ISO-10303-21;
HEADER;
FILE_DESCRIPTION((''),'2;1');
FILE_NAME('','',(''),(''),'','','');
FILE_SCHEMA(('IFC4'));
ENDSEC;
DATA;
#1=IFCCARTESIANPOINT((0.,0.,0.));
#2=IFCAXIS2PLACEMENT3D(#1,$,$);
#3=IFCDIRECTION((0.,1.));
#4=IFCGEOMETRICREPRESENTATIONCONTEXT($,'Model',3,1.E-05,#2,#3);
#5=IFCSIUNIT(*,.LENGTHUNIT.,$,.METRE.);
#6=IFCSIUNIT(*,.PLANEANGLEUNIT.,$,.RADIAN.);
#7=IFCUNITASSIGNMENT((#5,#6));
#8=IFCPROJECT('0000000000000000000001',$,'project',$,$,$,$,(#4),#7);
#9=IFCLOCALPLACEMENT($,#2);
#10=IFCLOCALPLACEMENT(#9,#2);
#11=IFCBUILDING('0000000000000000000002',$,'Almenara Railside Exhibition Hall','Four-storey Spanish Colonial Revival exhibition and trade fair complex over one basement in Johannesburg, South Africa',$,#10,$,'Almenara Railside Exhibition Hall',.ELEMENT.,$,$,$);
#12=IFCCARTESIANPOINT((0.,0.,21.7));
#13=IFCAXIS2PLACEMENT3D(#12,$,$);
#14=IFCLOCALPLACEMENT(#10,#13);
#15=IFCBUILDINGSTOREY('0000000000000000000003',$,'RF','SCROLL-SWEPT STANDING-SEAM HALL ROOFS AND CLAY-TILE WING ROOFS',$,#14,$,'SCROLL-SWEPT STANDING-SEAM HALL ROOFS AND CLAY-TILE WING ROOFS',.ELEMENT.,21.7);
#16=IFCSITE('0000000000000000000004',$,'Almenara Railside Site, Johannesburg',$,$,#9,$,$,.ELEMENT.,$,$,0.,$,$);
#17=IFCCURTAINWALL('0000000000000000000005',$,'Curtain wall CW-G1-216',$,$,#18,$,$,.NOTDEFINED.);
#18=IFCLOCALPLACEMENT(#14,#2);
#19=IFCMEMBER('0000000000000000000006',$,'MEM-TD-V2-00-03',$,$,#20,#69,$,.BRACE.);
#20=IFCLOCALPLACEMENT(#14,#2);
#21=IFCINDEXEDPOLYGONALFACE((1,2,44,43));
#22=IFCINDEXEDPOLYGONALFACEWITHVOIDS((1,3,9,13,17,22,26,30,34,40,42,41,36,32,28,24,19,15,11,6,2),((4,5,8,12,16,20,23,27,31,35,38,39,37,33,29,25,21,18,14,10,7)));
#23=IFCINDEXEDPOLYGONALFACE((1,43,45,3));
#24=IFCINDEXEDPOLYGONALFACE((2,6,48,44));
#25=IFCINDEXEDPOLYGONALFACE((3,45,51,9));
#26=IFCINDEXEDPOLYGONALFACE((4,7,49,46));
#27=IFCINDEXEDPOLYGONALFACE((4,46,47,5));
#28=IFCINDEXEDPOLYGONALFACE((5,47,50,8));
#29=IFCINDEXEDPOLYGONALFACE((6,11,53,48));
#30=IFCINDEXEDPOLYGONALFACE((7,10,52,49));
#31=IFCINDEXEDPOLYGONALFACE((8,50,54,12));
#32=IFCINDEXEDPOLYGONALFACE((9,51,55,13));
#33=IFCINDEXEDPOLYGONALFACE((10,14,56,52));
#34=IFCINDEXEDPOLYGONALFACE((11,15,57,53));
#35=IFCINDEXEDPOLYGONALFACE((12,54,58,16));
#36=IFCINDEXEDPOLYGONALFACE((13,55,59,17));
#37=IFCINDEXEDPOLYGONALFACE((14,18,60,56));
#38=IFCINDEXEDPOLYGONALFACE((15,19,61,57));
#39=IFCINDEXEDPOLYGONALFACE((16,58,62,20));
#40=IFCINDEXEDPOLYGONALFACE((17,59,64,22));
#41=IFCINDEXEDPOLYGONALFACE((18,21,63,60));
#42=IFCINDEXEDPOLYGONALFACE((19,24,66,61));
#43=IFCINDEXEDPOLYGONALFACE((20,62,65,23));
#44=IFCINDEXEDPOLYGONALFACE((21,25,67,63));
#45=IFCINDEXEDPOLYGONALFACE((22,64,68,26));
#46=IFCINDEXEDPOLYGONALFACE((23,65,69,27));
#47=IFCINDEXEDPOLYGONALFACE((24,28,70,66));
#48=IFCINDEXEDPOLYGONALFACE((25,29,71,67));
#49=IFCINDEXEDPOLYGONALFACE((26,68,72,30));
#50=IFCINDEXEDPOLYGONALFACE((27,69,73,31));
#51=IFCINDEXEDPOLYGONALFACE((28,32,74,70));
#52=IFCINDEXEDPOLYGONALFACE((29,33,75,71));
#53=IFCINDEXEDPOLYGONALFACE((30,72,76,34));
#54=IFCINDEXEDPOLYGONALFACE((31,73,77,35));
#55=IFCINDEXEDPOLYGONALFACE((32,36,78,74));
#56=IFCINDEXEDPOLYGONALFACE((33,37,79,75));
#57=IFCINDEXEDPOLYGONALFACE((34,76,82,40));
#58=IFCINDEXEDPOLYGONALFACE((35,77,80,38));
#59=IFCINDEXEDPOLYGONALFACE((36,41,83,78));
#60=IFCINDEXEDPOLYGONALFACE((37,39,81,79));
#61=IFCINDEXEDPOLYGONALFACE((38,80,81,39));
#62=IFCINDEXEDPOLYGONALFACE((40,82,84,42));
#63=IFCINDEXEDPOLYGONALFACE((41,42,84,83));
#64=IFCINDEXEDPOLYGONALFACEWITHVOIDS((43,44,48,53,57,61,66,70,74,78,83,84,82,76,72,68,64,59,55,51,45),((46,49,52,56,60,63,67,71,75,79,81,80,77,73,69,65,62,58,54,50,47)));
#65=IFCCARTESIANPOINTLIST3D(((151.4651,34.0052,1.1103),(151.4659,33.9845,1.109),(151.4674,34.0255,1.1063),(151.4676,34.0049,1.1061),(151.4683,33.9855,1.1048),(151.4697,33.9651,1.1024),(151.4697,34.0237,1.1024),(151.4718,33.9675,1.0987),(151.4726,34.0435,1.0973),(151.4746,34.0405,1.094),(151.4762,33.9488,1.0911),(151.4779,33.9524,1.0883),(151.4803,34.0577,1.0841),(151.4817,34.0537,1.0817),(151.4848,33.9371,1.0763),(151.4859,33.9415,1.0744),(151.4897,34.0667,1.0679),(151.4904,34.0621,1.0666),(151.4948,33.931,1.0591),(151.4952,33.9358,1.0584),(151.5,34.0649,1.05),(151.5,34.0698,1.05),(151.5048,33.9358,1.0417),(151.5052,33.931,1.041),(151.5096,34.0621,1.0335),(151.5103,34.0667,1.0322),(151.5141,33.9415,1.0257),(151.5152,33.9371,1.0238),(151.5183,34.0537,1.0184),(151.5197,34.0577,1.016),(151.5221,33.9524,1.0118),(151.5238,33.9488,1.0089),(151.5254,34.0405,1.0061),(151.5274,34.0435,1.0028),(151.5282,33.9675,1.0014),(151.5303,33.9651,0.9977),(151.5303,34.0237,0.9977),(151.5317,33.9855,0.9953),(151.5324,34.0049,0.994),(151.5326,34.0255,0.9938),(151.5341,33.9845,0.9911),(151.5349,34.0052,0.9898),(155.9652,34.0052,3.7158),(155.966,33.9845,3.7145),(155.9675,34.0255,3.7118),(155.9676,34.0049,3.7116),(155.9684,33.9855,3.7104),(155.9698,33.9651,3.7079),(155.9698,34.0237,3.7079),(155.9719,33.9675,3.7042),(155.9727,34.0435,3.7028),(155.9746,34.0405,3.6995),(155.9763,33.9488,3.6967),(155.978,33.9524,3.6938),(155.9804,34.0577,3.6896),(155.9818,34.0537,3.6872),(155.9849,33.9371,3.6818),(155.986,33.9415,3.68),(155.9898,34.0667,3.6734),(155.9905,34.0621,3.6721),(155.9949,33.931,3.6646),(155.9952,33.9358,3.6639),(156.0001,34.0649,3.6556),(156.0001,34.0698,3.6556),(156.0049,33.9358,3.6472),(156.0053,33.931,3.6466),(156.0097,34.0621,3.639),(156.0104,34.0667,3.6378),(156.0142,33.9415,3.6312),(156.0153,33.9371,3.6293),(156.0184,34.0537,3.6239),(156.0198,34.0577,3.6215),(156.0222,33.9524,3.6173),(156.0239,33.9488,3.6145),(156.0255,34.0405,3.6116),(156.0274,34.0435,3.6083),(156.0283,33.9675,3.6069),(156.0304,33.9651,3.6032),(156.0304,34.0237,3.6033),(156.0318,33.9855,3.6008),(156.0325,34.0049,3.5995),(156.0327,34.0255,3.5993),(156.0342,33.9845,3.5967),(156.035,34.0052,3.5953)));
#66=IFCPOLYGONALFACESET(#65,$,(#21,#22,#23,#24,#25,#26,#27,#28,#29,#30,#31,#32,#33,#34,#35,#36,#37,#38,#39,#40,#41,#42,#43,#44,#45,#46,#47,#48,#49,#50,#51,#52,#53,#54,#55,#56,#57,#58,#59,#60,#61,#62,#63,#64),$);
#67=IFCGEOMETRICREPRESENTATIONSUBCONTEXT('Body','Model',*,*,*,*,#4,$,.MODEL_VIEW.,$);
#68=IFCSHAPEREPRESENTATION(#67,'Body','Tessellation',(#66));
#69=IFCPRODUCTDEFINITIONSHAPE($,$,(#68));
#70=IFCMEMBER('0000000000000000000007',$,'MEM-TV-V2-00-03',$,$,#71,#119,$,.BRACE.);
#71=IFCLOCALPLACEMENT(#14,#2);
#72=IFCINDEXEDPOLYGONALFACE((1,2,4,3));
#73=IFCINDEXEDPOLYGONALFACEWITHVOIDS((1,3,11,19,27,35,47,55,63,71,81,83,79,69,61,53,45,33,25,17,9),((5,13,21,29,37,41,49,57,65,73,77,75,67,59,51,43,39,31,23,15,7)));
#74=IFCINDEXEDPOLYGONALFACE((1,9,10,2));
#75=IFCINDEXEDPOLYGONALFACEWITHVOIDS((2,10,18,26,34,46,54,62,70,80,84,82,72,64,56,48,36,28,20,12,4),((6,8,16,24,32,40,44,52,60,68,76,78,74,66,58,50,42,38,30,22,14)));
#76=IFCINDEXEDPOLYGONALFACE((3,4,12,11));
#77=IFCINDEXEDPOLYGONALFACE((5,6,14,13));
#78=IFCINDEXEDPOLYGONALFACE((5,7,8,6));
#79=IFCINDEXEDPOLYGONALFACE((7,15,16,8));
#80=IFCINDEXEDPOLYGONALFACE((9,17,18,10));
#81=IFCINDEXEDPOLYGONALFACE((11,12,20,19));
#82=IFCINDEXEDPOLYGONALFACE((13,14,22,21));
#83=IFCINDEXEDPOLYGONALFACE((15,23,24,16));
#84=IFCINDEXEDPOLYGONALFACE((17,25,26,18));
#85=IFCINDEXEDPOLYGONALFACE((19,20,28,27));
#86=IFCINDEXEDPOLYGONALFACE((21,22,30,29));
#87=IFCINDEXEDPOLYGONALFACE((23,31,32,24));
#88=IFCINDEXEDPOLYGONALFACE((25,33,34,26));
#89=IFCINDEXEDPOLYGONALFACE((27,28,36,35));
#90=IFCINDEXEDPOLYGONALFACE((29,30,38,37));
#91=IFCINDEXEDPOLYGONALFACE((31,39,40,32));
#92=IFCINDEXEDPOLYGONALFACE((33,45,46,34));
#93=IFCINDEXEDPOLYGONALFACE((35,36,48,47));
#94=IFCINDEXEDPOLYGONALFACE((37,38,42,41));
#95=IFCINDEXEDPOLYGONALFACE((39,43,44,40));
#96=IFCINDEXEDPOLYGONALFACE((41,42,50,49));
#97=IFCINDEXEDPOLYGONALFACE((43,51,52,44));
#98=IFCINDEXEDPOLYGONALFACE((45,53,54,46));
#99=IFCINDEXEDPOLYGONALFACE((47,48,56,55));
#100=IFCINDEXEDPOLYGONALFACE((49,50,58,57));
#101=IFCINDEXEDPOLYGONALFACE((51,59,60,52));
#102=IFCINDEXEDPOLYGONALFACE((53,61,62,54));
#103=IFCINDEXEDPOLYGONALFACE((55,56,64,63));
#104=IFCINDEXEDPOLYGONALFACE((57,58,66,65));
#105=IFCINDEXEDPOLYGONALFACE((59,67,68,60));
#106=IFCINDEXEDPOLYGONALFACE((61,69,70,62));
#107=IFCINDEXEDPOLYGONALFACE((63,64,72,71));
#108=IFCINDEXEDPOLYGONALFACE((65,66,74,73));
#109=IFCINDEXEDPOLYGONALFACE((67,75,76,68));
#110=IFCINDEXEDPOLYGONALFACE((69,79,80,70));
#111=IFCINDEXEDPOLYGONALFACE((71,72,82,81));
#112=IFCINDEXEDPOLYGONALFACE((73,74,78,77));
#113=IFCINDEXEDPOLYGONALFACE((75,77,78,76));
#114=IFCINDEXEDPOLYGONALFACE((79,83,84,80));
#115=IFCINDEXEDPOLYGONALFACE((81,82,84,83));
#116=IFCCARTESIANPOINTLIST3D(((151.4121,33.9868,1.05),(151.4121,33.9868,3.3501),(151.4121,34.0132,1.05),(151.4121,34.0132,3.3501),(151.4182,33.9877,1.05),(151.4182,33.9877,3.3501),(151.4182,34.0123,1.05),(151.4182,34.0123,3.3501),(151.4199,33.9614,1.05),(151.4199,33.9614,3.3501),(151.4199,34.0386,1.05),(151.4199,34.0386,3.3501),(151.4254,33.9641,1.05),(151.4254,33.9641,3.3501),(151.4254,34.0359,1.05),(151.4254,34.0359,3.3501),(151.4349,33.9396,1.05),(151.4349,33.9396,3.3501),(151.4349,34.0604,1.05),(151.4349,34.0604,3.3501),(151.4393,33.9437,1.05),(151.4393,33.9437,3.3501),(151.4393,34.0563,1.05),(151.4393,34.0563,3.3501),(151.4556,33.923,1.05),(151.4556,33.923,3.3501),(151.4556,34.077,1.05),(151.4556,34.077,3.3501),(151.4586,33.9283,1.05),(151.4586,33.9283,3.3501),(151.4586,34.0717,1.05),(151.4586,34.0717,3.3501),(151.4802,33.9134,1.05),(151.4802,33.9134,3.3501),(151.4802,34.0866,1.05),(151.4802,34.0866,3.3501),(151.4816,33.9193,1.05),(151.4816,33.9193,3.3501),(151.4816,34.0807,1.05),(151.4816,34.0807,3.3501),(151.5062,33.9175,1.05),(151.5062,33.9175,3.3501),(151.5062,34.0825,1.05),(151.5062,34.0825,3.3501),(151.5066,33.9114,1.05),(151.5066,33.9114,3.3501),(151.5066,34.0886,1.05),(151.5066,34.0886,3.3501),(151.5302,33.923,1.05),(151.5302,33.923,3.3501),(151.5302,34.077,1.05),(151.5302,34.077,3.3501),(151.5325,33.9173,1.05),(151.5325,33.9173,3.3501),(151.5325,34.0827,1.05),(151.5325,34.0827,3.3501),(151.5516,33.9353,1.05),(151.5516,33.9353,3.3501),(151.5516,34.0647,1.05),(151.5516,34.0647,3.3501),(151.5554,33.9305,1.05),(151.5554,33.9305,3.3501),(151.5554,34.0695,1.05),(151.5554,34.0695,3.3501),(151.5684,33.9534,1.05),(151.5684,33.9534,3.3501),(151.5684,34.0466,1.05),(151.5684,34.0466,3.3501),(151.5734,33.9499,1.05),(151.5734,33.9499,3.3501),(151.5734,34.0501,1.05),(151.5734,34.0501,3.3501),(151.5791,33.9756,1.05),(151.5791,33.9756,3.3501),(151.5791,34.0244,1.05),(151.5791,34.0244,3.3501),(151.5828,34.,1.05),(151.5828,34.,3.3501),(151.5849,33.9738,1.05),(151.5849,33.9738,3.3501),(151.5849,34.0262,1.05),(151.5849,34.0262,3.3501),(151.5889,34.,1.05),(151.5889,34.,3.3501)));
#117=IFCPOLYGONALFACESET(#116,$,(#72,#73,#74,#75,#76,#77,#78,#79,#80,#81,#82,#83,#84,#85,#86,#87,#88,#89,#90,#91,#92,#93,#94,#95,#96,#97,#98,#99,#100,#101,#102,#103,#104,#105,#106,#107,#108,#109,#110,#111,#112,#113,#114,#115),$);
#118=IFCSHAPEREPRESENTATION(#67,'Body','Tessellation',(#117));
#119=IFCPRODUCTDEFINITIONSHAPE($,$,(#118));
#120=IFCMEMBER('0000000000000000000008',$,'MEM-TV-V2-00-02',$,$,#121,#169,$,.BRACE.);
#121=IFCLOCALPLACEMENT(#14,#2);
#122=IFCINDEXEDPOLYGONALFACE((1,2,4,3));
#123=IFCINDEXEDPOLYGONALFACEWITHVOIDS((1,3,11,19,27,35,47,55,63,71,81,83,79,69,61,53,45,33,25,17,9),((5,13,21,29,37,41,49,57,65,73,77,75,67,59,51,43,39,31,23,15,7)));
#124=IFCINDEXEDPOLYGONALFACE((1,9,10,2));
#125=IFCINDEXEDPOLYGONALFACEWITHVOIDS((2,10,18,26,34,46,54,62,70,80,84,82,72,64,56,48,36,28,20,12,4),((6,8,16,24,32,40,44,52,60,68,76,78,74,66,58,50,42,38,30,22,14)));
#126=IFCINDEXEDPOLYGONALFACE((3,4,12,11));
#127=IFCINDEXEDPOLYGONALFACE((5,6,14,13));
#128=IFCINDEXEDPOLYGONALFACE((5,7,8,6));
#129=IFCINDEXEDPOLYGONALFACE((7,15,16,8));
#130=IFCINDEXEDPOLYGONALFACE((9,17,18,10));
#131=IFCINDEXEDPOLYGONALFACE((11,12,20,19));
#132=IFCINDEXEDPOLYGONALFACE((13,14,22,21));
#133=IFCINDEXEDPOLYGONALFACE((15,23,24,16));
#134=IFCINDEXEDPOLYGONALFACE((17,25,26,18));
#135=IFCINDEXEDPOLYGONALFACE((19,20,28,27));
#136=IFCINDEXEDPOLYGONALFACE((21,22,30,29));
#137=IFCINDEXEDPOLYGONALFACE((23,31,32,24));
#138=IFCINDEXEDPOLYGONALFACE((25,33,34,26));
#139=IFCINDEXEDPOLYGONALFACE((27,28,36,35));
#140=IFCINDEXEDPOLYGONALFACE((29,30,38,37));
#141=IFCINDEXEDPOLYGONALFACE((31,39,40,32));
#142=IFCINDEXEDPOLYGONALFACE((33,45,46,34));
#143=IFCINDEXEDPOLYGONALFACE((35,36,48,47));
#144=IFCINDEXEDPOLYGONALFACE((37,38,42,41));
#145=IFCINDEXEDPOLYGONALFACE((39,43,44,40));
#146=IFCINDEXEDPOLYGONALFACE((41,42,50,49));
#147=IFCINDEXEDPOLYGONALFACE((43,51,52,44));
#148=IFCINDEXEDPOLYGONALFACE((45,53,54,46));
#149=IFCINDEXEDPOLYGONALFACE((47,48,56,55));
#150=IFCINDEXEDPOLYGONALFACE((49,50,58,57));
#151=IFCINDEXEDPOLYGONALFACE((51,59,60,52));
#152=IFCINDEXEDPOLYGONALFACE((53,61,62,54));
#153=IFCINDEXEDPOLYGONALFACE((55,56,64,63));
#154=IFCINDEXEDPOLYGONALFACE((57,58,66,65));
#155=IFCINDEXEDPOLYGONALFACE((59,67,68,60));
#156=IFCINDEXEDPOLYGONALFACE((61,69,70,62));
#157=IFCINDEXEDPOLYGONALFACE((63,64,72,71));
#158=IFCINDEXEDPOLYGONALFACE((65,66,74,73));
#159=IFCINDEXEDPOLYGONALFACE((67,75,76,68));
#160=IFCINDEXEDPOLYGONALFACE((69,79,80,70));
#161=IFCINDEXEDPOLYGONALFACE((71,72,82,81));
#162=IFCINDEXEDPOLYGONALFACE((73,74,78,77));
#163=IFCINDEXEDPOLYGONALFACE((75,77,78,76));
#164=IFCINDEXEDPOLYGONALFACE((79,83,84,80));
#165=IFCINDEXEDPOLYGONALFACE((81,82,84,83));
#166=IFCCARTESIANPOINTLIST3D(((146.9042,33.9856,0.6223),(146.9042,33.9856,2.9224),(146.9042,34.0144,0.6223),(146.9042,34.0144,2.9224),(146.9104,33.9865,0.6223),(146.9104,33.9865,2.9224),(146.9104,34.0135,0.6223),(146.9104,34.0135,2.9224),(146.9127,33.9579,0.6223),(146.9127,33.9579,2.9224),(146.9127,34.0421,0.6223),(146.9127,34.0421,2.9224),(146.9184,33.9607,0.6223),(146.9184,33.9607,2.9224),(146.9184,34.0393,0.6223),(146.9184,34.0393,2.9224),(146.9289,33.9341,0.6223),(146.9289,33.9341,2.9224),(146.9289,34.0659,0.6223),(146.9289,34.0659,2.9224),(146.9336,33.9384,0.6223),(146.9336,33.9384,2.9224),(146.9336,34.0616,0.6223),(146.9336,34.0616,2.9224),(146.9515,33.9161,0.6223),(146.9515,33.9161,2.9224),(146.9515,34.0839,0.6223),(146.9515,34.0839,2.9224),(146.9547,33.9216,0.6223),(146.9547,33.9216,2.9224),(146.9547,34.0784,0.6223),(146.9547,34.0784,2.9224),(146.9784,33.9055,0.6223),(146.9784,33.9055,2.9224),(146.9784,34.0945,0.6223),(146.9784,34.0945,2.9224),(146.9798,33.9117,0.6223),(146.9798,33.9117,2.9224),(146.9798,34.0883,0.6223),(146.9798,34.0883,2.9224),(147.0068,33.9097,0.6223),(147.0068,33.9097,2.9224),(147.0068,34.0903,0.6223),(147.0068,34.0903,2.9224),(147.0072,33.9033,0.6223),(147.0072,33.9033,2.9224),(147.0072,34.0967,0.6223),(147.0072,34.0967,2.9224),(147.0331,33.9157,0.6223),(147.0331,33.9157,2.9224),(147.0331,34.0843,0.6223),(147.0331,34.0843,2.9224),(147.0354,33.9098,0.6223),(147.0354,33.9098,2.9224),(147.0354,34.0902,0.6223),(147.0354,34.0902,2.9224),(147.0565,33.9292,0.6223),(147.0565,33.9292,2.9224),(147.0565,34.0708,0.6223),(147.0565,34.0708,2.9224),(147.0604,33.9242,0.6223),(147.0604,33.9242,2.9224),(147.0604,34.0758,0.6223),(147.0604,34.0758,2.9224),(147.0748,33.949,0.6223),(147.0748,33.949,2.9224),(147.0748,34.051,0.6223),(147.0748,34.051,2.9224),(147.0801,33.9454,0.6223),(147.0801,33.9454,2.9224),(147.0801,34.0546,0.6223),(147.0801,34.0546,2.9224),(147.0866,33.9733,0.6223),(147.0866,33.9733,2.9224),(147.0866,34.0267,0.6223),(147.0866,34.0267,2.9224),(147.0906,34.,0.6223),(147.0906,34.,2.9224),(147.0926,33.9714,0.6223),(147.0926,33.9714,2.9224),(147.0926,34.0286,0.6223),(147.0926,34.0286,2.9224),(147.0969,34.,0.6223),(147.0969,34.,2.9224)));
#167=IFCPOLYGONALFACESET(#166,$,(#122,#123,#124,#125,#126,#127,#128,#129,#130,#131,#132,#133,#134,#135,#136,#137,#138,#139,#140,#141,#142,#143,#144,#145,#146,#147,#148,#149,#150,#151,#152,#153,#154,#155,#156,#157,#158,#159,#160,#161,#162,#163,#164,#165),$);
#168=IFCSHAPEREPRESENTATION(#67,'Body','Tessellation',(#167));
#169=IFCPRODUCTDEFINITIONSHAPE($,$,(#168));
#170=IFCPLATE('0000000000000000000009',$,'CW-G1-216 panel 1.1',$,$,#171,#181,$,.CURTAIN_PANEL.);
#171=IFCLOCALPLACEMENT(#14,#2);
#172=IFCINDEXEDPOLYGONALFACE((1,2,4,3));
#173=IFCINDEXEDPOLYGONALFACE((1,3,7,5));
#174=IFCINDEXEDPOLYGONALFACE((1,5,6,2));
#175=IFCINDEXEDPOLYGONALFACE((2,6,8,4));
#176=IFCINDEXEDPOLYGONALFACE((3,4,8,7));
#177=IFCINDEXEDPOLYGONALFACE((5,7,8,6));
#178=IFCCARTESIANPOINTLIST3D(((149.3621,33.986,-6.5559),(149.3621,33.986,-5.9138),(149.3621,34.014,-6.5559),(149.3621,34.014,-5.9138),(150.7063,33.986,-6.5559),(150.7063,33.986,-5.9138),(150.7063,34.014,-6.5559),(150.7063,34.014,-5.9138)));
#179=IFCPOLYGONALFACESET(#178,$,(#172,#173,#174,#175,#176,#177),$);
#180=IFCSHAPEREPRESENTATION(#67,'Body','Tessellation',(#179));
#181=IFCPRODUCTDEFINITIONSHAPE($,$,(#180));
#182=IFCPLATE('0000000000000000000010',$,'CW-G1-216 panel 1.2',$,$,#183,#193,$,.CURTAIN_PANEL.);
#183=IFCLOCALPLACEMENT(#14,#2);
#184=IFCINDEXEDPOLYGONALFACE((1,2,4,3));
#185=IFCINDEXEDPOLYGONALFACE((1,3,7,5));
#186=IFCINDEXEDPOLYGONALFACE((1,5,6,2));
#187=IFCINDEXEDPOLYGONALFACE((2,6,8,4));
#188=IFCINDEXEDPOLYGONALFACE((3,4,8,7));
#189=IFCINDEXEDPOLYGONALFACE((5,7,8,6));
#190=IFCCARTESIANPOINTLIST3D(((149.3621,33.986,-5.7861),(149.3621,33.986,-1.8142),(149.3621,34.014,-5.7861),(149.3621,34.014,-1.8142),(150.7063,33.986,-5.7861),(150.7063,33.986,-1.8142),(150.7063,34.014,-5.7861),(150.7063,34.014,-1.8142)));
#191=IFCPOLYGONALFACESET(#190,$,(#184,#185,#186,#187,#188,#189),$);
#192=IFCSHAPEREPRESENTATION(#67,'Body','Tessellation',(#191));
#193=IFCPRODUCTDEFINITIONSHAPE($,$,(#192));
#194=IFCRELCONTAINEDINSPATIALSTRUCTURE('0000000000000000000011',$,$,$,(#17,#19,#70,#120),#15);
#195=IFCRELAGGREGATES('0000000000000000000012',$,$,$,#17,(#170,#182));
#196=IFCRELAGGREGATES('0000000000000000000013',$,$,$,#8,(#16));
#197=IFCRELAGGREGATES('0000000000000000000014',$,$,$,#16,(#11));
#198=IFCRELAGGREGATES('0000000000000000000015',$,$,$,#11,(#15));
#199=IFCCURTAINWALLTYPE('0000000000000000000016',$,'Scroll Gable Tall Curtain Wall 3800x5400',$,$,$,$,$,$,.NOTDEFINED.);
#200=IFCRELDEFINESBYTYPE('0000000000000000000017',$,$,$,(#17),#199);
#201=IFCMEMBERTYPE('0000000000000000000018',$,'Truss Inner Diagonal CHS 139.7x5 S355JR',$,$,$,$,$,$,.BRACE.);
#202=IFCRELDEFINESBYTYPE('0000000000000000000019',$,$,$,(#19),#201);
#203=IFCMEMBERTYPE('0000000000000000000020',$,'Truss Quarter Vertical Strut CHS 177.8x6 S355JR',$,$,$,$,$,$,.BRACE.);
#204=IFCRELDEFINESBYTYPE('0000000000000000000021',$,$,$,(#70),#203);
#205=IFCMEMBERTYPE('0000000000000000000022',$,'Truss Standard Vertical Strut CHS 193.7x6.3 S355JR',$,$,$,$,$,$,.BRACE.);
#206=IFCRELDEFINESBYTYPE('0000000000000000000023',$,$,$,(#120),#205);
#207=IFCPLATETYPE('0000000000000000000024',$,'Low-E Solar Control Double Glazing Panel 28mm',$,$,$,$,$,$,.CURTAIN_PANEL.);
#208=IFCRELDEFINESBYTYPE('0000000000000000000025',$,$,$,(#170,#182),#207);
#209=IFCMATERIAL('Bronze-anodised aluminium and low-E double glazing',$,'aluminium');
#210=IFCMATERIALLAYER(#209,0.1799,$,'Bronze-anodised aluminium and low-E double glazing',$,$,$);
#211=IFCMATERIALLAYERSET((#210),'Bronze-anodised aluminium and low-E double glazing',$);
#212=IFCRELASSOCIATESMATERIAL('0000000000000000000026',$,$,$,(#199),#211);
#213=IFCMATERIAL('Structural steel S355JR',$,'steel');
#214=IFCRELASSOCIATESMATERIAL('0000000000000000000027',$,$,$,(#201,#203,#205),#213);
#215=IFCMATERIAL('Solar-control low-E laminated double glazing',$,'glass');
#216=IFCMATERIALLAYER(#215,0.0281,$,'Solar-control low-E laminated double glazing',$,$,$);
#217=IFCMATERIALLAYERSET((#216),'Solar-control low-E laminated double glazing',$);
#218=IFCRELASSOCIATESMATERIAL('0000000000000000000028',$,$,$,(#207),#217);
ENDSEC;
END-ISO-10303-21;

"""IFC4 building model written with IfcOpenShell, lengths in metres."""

from ifc_helpers import new_model, si_unit, direction, frame, origin, origin_2d, place, context, subcontext, project, spatial, rectangle, hollow_circle, extrude, material, layer, layer_set, material_profile, profile_set, type_object, element, aggregate, save


model = new_model("IFC4")

# Units and contexts
model_context = context("Model", 3, precision=1e-05, world=origin(), true_north=direction((0.0, 1.0)))
body_context = subcontext(model_context, "Body", "Model", "MODEL_VIEW")
ifc_project = project(units=[si_unit("LENGTHUNIT", "METRE"), si_unit("PLANEANGLEUNIT", "RADIAN")], contexts=[model_context])

# Site, building, storey
site_placement = place(None, origin())
site = spatial("IfcSite", under=ifc_project, at=site_placement, Name="Almenara Railside Site, Johannesburg", CompositionType="ELEMENT", RefElevation=0.0)
building_placement = place(site_placement, origin())
building = spatial("IfcBuilding", under=site, at=building_placement, Name="Almenara Railside Exhibition Hall", Description="Four-storey Spanish Colonial Revival exhibition and trade fair complex over one basement in Johannesburg, South Africa", LongName="Almenara Railside Exhibition Hall", CompositionType="ELEMENT")
storey_placement = place(building_placement, frame((0.0, 0.0, 21.7)))
storey = spatial("IfcBuildingStorey", under=building, at=storey_placement, Name="RF", Description="SCROLL-SWEPT STANDING-SEAM HALL ROOFS AND CLAY-TILE WING ROOFS", LongName="SCROLL-SWEPT STANDING-SEAM HALL ROOFS AND CLAY-TILE WING ROOFS", CompositionType="ELEMENT", Elevation=21.7)

# Shared definitions
ifc_material_1 = material(Name="Structural steel S355JR", Category="steel")

# Shared definitions
ifc_material_2 = material(Name="Bronze-anodised aluminium and low-E double glazing", Category="aluminium")

# Curtain wall
ifc_layer_1 = layer(ifc_material_2, 0.1799, Name="Bronze-anodised aluminium and low-E double glazing")
ifc_layer_set_1 = layer_set([ifc_layer_1], Name="Bronze-anodised aluminium and low-E double glazing")
curtain_wall_type_1 = type_object("IfcCurtainWallType", Name="Scroll Gable Tall Curtain Wall 3800x5400", PredefinedType="NOTDEFINED", material=ifc_layer_set_1)
curtain_wall_1_placement = place(storey_placement, origin())
curtain_wall_1 = element("IfcCurtainWall", 1, at=curtain_wall_1_placement, inside=storey, type_object=curtain_wall_type_1, Name="Curtain wall CW-G1-216", PredefinedType="NOTDEFINED")

# Members
ifc_material_profile_1 = material_profile(ifc_material_1, hollow_circle(Radius=0.0698, WallThickness=0.0049, at=origin_2d()), Name="CHS 139.7x5")
ifc_profile_set_1 = profile_set([ifc_material_profile_1], Name="Structural steel S355JR")
member_type_1 = type_object("IfcMemberType", Name="Truss Inner Diagonal CHS 139.7x5 S355JR", PredefinedType="BRACE", material=ifc_profile_set_1)
member_1_placement = place(storey_placement, frame((151.5, 34.0, 1.05), z_axis=(0.865409, 0.0, 0.501066), x_axis=(0.0, 1.0, 0.0)))
element("IfcMember", 2, at=member_1_placement, inside=storey, type_object=member_type_1, Name="MEM-TD-V2-00-03", PredefinedType="BRACE", context=body_context, shape_type="SweptSolid", body=[
    extrude(hollow_circle(Radius=0.0698, WallThickness=0.0049, at=origin_2d()), origin(), (0.0, 0.0, 1.0), 5.2),
])
ifc_material_profile_2 = material_profile(ifc_material_1, hollow_circle(Radius=0.0889, WallThickness=0.0061, at=origin_2d()), Name="CHS 177.8x6")
ifc_profile_set_2 = profile_set([ifc_material_profile_2], Name="Structural steel S355JR")
member_type_2 = type_object("IfcMemberType", Name="Truss Quarter Vertical Strut CHS 177.8x6 S355JR", PredefinedType="BRACE", material=ifc_profile_set_2)
member_2_placement = place(storey_placement, frame((151.5, 34.0, 1.05), z_axis=(0.0, 0.0, 1.0), x_axis=(1.0, 0.0, 0.0)))
element("IfcMember", 3, at=member_2_placement, inside=storey, type_object=member_type_2, Name="MEM-TV-V2-00-03", PredefinedType="BRACE", context=body_context, shape_type="SweptSolid", body=[
    extrude(hollow_circle(Radius=0.0889, WallThickness=0.0061, at=origin_2d()), origin(), (0.0, 0.0, 1.0), 2.3),
])
ifc_material_profile_3 = material_profile(ifc_material_1, hollow_circle(Radius=0.0969, WallThickness=0.0063, at=origin_2d()), Name="CHS 193.7x6.3")
ifc_profile_set_3 = profile_set([ifc_material_profile_3], Name="Structural steel S355JR")
member_type_3 = type_object("IfcMemberType", Name="Truss Standard Vertical Strut CHS 193.7x6.3 S355JR", PredefinedType="BRACE", material=ifc_profile_set_3)
member_3_placement = place(storey_placement, frame((147.0, 34.0, 0.6223), z_axis=(0.0, 0.0, 1.0), x_axis=(1.0, 0.0, 0.0)))
element("IfcMember", 4, at=member_3_placement, inside=storey, type_object=member_type_3, Name="MEM-TV-V2-00-02", PredefinedType="BRACE", context=body_context, shape_type="SweptSolid", body=[
    extrude(hollow_circle(Radius=0.0969, WallThickness=0.0063, at=origin_2d()), origin(), (0.0, 0.0, 1.0), 2.3),
])

# Plates
ifc_material_3 = material(Name="Solar-control low-E laminated double glazing", Category="glass")
ifc_layer_2 = layer(ifc_material_3, 0.0281, Name="Solar-control low-E laminated double glazing")
ifc_layer_set_2 = layer_set([ifc_layer_2], Name="Solar-control low-E laminated double glazing")
plate_type_1 = type_object("IfcPlateType", Name="Low-E Solar Control Double Glazing Panel 28mm", PredefinedType="CURTAIN_PANEL", material=ifc_layer_set_2)
plate_1_placement = place(storey_placement, frame((150.0342, 34.0, -6.5559), z_axis=(0.0, 0.0, 1.0), x_axis=(1.0, 0.0, 0.0)))
plate_1 = element("IfcPlate", 5, at=plate_1_placement, type_object=plate_type_1, Name="CW-G1-216 panel 1.1", PredefinedType="CURTAIN_PANEL", context=body_context, shape_type="SweptSolid", body=[
    extrude(rectangle(XDim=1.3442, YDim=0.0281, at=origin_2d()), origin(), (0.0, 0.0, 1.0), 0.6421),
])
plate_2_placement = place(storey_placement, frame((150.0342, 34.0, -5.7861), z_axis=(0.0, 0.0, 1.0), x_axis=(1.0, 0.0, 0.0)))
plate_2 = element("IfcPlate", 6, at=plate_2_placement, type_object=plate_type_1, Name="CW-G1-216 panel 1.2", PredefinedType="CURTAIN_PANEL", context=body_context, shape_type="SweptSolid", body=[
    extrude(rectangle(XDim=1.3442, YDim=0.0281, at=origin_2d()), origin(), (0.0, 0.0, 1.0), 3.9719),
])
aggregate(curtain_wall_1, [plate_1, plate_2])

save(model, "model.ifc")
